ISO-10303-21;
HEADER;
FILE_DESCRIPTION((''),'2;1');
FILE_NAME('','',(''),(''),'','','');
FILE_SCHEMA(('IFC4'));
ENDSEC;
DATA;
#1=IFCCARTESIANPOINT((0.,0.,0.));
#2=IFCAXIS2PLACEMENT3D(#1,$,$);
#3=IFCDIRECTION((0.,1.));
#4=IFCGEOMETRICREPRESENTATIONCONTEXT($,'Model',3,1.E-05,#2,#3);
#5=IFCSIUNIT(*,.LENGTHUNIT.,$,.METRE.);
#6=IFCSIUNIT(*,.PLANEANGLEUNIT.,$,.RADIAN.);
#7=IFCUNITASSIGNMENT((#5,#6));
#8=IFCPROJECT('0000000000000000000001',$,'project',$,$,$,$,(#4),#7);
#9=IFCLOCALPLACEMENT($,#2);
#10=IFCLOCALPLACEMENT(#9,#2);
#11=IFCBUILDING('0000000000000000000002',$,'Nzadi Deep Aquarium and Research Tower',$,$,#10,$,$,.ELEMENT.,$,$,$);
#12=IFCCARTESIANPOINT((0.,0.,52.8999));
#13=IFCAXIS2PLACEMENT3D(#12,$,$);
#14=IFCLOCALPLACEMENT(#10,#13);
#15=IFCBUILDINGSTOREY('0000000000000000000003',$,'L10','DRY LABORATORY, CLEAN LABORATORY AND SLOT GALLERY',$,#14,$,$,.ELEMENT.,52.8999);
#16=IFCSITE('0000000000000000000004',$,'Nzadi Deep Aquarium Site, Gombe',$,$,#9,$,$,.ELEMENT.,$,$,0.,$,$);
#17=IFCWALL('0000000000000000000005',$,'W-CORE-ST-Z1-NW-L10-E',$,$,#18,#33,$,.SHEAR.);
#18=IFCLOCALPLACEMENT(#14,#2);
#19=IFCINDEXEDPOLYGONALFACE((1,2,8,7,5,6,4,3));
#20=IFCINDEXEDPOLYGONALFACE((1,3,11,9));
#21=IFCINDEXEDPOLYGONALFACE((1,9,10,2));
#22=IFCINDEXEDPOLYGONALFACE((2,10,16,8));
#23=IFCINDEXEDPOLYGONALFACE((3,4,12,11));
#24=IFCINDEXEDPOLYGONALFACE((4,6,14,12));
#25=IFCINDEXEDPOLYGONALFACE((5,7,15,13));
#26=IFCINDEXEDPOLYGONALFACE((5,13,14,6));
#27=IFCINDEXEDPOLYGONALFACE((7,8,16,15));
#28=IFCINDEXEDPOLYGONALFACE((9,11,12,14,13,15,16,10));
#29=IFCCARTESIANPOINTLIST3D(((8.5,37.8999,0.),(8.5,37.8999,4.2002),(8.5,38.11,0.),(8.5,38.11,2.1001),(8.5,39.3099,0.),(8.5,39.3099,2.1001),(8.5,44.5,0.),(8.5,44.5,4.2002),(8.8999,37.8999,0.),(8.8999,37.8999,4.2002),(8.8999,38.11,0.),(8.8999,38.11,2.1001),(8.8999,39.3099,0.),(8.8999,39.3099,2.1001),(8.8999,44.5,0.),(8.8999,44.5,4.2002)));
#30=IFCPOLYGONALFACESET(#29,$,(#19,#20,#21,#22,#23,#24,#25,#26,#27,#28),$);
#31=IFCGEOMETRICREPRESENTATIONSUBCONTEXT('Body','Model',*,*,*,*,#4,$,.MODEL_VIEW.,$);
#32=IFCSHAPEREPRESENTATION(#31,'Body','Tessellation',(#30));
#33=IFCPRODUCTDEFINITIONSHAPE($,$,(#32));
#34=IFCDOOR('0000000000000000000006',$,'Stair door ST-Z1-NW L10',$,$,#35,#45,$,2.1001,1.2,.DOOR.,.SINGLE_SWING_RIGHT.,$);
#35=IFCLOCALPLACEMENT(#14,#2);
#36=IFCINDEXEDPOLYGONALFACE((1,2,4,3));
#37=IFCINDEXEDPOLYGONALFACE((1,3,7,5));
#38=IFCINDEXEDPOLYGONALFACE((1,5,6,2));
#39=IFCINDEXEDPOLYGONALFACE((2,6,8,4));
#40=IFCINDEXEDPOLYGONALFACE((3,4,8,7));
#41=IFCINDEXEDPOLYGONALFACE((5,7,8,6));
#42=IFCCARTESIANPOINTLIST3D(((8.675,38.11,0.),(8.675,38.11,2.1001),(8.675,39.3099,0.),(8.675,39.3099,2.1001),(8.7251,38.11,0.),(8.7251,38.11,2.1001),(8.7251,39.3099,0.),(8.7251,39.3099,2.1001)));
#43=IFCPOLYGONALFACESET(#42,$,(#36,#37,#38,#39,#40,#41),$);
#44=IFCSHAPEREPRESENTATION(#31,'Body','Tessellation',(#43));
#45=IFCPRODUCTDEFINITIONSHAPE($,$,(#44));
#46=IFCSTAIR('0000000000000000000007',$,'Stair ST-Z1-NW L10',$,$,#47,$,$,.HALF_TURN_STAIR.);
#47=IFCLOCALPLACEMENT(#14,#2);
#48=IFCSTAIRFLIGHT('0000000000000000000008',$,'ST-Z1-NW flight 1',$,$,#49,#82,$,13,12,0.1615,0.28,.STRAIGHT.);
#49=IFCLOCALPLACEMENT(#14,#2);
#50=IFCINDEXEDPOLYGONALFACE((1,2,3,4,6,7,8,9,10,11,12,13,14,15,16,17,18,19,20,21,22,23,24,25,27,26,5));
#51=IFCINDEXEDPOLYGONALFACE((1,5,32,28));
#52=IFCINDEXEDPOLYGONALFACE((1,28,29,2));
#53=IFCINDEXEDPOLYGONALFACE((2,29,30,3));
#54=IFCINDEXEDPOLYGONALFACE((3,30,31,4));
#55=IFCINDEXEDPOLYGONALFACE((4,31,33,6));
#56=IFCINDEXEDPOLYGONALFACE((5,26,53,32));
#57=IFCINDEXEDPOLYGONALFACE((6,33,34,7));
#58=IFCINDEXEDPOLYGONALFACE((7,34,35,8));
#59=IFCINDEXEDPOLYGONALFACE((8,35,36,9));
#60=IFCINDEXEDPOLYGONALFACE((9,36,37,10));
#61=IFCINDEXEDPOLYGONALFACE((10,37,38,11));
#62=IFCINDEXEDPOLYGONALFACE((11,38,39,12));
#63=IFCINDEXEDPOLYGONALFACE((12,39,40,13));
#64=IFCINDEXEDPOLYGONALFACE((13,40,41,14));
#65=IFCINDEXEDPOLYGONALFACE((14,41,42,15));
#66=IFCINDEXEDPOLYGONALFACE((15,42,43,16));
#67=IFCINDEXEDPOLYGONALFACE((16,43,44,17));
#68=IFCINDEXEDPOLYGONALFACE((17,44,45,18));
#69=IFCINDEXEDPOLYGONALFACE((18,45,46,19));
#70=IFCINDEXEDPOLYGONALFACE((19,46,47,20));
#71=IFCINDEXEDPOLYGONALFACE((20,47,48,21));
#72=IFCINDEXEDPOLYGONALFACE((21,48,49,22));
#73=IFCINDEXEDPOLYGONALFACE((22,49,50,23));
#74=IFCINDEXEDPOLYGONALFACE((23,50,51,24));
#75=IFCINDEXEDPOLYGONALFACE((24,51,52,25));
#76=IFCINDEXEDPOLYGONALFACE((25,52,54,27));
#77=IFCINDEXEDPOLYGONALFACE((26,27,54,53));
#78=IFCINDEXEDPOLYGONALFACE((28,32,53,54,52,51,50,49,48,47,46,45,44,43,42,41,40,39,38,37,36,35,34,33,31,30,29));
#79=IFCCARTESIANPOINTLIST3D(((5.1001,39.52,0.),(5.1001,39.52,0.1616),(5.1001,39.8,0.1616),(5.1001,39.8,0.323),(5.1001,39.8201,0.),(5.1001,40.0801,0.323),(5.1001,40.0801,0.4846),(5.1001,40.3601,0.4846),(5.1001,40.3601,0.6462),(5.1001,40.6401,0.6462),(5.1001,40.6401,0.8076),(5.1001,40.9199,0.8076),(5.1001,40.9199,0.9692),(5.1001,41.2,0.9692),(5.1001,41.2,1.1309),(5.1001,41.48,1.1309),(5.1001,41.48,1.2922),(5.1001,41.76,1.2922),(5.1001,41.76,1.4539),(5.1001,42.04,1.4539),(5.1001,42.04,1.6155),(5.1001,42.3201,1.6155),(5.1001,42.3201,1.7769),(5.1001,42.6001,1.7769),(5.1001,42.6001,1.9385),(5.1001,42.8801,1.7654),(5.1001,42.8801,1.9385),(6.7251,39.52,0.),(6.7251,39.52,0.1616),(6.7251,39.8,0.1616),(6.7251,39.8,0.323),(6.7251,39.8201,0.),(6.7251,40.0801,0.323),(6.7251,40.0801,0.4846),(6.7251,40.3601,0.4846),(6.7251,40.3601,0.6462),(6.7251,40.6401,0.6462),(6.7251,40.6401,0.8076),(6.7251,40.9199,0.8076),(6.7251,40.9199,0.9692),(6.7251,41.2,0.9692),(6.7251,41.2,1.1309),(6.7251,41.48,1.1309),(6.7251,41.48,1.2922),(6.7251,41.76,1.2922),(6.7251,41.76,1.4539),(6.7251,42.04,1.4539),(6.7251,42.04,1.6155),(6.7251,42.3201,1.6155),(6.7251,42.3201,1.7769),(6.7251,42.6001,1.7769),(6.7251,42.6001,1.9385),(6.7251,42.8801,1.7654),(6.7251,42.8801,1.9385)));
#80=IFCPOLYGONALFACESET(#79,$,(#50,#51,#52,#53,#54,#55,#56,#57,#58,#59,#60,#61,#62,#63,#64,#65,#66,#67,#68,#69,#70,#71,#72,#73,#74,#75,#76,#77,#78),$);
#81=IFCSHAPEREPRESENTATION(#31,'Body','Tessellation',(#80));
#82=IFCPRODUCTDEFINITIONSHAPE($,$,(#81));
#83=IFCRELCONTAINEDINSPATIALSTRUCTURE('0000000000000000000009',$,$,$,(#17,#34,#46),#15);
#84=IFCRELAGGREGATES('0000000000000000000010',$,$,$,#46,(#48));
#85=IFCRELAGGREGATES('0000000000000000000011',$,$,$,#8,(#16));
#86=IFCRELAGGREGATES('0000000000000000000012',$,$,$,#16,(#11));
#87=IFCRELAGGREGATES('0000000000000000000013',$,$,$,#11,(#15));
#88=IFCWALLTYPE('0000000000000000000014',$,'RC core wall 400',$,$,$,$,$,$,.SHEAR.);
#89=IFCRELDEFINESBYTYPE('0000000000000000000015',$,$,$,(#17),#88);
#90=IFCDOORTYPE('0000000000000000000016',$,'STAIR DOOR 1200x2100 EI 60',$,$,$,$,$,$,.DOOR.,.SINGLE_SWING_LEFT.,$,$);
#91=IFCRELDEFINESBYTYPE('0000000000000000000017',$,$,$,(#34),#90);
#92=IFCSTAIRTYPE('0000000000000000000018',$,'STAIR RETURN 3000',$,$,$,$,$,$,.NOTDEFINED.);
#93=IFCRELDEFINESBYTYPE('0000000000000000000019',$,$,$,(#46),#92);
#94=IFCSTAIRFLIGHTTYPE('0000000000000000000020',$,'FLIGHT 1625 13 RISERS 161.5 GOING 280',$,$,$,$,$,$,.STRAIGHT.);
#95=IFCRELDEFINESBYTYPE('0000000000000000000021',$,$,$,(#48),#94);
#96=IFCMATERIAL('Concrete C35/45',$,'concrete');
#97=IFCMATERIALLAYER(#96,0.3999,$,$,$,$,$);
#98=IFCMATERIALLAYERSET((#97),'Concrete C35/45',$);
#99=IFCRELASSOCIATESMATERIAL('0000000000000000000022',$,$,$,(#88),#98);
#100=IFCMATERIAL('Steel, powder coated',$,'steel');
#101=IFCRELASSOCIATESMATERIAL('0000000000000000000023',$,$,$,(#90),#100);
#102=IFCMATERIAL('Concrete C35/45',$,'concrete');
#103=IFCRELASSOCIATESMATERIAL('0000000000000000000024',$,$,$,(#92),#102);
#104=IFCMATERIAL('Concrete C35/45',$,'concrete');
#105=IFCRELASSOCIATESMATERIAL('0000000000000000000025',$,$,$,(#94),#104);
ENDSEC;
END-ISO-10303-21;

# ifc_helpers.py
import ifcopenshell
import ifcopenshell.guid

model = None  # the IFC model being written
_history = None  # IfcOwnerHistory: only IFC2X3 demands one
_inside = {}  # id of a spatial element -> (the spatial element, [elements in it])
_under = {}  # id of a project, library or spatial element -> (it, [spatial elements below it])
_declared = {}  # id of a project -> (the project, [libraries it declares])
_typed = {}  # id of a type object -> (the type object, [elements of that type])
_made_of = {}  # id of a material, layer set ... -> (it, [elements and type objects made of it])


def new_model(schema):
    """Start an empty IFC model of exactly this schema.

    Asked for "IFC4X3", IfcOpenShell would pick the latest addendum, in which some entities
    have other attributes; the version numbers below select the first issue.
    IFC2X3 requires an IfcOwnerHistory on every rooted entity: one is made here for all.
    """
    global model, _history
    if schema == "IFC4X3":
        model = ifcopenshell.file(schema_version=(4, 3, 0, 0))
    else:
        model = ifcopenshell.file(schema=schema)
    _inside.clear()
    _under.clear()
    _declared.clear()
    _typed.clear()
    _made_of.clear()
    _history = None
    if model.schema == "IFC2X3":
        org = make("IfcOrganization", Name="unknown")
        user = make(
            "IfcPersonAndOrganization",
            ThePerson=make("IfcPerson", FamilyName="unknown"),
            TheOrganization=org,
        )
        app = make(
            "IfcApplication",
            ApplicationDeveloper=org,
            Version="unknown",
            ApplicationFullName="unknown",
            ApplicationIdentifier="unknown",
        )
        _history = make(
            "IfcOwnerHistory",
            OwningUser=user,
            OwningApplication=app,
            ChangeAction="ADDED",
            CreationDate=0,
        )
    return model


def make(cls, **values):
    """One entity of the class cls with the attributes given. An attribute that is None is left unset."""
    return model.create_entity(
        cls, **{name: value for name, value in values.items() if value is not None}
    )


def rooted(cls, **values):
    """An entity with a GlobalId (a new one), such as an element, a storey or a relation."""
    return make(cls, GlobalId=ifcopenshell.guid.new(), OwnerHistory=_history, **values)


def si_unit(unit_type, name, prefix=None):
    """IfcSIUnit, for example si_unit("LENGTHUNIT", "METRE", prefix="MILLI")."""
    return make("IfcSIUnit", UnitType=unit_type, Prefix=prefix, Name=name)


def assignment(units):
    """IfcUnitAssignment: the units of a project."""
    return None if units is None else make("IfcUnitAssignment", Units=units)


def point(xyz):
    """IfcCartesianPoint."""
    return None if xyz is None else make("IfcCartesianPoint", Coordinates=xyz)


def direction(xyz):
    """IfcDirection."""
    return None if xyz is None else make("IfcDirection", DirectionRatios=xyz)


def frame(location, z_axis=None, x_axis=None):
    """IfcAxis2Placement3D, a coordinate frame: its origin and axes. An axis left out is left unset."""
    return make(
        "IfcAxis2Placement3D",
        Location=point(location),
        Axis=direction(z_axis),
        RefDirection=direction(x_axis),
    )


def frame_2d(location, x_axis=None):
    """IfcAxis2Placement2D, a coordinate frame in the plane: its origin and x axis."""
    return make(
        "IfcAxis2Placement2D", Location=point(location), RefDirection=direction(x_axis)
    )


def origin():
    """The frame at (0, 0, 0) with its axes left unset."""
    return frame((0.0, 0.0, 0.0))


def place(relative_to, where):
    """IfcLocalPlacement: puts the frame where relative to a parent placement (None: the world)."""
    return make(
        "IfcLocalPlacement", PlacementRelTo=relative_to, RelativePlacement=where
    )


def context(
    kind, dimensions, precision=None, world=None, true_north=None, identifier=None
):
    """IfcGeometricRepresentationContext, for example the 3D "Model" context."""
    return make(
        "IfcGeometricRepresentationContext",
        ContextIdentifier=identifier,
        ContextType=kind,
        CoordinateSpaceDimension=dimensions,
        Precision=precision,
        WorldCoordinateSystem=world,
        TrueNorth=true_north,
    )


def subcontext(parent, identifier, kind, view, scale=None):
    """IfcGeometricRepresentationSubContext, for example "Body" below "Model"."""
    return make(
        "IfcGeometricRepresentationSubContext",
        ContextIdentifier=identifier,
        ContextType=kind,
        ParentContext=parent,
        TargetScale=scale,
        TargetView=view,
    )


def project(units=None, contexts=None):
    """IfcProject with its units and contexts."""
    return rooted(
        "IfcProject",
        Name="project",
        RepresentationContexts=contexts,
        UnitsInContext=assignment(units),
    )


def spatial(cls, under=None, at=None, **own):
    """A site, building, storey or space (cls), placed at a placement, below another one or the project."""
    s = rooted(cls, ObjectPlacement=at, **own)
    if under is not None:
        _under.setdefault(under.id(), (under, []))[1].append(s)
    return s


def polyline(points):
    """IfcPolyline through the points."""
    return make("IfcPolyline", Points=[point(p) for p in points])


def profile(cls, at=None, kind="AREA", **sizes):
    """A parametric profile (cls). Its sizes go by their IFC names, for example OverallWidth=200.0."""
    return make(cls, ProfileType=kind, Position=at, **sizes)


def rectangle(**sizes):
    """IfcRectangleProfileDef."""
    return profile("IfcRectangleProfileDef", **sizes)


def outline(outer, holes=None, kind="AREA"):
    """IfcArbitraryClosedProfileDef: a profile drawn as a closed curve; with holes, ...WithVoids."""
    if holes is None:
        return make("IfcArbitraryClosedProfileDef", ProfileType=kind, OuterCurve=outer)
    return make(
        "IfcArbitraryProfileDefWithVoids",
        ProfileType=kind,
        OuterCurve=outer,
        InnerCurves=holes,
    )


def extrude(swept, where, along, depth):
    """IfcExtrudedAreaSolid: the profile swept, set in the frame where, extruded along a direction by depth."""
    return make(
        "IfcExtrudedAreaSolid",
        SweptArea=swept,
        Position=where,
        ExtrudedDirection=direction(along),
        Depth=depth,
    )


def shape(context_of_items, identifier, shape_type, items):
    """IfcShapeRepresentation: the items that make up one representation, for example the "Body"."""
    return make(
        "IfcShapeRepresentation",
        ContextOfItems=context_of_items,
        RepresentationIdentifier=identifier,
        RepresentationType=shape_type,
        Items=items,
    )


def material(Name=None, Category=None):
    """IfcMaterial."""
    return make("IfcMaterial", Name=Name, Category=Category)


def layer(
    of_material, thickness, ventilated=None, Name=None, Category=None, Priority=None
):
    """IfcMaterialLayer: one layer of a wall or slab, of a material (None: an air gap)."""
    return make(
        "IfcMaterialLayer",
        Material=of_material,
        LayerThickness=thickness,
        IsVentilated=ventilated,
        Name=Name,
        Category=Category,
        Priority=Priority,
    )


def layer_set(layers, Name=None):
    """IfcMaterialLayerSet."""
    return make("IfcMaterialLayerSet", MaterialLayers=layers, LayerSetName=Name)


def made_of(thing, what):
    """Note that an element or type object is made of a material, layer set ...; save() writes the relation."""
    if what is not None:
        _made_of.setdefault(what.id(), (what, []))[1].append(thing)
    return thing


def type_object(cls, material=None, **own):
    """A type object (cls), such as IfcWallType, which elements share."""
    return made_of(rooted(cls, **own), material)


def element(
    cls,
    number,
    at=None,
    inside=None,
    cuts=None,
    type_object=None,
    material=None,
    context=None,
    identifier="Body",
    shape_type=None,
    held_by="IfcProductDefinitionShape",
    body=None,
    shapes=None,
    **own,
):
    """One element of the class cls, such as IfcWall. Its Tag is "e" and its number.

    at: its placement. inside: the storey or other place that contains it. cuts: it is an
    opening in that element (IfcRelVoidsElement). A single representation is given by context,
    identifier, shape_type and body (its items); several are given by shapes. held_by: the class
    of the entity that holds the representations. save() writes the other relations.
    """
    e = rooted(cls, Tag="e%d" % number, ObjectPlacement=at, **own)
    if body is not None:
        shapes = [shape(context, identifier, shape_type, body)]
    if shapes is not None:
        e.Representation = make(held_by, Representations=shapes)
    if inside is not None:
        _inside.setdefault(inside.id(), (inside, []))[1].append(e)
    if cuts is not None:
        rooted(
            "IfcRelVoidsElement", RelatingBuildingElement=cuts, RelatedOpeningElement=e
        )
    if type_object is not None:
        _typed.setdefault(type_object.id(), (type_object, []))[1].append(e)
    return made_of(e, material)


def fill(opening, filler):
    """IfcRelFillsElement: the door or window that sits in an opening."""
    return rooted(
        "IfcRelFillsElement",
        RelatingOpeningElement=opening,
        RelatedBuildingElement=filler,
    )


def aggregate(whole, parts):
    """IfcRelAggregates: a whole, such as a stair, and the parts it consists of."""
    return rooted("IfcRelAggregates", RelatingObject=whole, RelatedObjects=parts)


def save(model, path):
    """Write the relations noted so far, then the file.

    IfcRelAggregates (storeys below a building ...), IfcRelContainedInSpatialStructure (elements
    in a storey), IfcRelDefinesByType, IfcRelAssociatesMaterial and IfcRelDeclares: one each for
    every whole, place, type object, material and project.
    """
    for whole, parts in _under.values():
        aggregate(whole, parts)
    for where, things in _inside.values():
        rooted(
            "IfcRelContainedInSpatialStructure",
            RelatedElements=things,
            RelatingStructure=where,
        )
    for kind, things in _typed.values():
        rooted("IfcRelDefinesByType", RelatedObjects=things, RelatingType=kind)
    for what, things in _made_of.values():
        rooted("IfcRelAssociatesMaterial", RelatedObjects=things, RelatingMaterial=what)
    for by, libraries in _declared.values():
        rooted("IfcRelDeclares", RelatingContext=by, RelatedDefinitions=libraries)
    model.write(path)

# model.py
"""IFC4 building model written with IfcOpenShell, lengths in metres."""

from ifc_helpers import new_model, si_unit, direction, frame, frame_2d, origin, place, context, subcontext, project, spatial, polyline, rectangle, outline, extrude, material, layer, layer_set, type_object, element, fill, aggregate, save


model = new_model("IFC4")

# Units and contexts
model_context = context("Model", 3, precision=1e-05, world=origin(), true_north=direction((0.0, 1.0)))
body_context = subcontext(model_context, "Body", "Model", "MODEL_VIEW")
ifc_project = project(units=[si_unit("LENGTHUNIT", "METRE"), si_unit("PLANEANGLEUNIT", "RADIAN")], contexts=[model_context])

# Site, building, storey
site_placement = place(None, origin())
site = spatial("IfcSite", under=ifc_project, at=site_placement, Name="Nzadi Deep Aquarium Site, Gombe", CompositionType="ELEMENT", RefElevation=0.0)
building_placement = place(site_placement, origin())
building = spatial("IfcBuilding", under=site, at=building_placement, Name="Nzadi Deep Aquarium and Research Tower", CompositionType="ELEMENT")
storey_placement = place(building_placement, frame((0.0, 0.0, 52.8999)))
storey = spatial("IfcBuildingStorey", under=building, at=storey_placement, Name="L10", Description="DRY LABORATORY, CLEAN LABORATORY AND SLOT GALLERY", CompositionType="ELEMENT", Elevation=52.8999)

# Shared definitions
ifc_material_1 = material(Name="Concrete C35/45", Category="concrete")
ifc_layer_1 = layer(ifc_material_1, 0.3999)
ifc_layer_set_1 = layer_set([ifc_layer_1], Name="Concrete C35/45")
wall_type_1 = type_object("IfcWallType", Name="RC core wall 400", PredefinedType="SHEAR", material=ifc_layer_set_1)

# Wall, opening, door
wall_1_placement = place(storey_placement, frame((8.7, 37.8999, 0.0), z_axis=(0.0, 0.0, 1.0), x_axis=(0.0, 1.0, 0.0)))
wall_1 = element("IfcWall", 1, at=wall_1_placement, inside=storey, type_object=wall_type_1, Name="W-CORE-ST-Z1-NW-L10-E", PredefinedType="SHEAR", context=body_context, shape_type="SweptSolid", body=[
    extrude(rectangle(XDim=6.6001, YDim=0.3999, at=frame_2d((3.3, 0.0))), origin(), (0.0, 0.0, 1.0), 4.2002),
])
opening_1_placement = place(wall_1_placement, frame((0.21, 0.0, 0.0)))
opening_1 = element("IfcOpeningElement", 2, at=opening_1_placement, cuts=wall_1, PredefinedType="OPENING", context=body_context, shape_type="SweptSolid", body=[
    extrude(rectangle(XDim=1.2, YDim=2.1001, at=frame_2d((0.6001, 1.05))), frame((0.0, 0.21, 0.0), z_axis=(0.0, -1.0, 0.0), x_axis=(1.0, 0.0, 0.0)), (0.0, 0.0, 1.0), 0.4199),
])
ifc_material_2 = material(Name="Steel, powder coated", Category="steel")
door_type_1 = type_object("IfcDoorType", Name="STAIR DOOR 1200x2100 EI 60", OperationType="SINGLE_SWING_LEFT", PredefinedType="DOOR", material=ifc_material_2)
door_1_placement = place(opening_1_placement, origin())
door_1 = element("IfcDoor", 3, at=door_1_placement, inside=storey, type_object=door_type_1, Name="Stair door ST-Z1-NW L10", OperationType="SINGLE_SWING_RIGHT", OverallHeight=2.1001, OverallWidth=1.2, PredefinedType="DOOR", context=body_context, shape_type="SweptSolid", body=[
    extrude(rectangle(XDim=1.2, YDim=2.1001, at=frame_2d((0.6001, 1.05))), frame((0.0, 0.0249, 0.0), z_axis=(0.0, -1.0, 0.0), x_axis=(1.0, 0.0, 0.0)), (0.0, 0.0, 1.0), 0.05),
])
fill(opening_1, door_1)

# Stair, stair flight
ifc_material_3 = material(Name="Concrete C35/45", Category="concrete")
stair_type = type_object("IfcStairType", Name="STAIR RETURN 3000", PredefinedType="NOTDEFINED", material=ifc_material_3)
stair_placement = place(storey_placement, origin())
stair = element("IfcStair", 4, at=stair_placement, inside=storey, type_object=stair_type, Name="Stair ST-Z1-NW L10", PredefinedType="HALF_TURN_STAIR")
ifc_material_4 = material(Name="Concrete C35/45", Category="concrete")
stair_flight_type = type_object("IfcStairFlightType", Name="FLIGHT 1625 13 RISERS 161.5 GOING 280", PredefinedType="STRAIGHT", material=ifc_material_4)
stair_flight_placement = place(storey_placement, frame((5.9126, 39.52, 0.0), z_axis=(0.0, 0.0, 1.0), x_axis=(0.0, 1.0, 0.0)))
stair_flight = element("IfcStairFlight", 5, at=stair_flight_placement, type_object=stair_flight_type, Name="ST-Z1-NW flight 1", NumberOfRisers=13, NumberOfTreads=12, PredefinedType="STRAIGHT", RiserHeight=0.1615, TreadLength=0.28, context=body_context, shape_type="SweptSolid", body=[
    extrude(outline(polyline([(0.0, 0.0), (0.0, 0.1616), (0.28, 0.1616), (0.28, 0.323), (0.5601, 0.323), (0.5601, 0.4846), (0.8401, 0.4846), (0.8401, 0.6462), (1.1201, 0.6462), (1.1201, 0.8076), (1.3999, 0.8076), (1.3999, 0.9692), (1.6799, 0.9692), (1.6799, 1.1309), (1.96, 1.1309), (1.96, 1.2922), (2.24, 1.2922), (2.24, 1.4539), (2.52, 1.4539), (2.52, 1.6155), (2.8, 1.6155), (2.8, 1.7769), (3.0801, 1.7769), (3.0801, 1.9385), (3.3601, 1.9385), (3.3601, 2.1001), (3.3601, 1.7654), (0.3, 0.0), (0.0, 0.0)])), frame((0.0, 0.8125, 0.0), z_axis=(0.0, -1.0, 0.0), x_axis=(1.0, 0.0, 0.0)), (0.0, 0.0, 1.0), 1.625),
])
aggregate(stair, [stair_flight])

save(model, "model.ifc")
